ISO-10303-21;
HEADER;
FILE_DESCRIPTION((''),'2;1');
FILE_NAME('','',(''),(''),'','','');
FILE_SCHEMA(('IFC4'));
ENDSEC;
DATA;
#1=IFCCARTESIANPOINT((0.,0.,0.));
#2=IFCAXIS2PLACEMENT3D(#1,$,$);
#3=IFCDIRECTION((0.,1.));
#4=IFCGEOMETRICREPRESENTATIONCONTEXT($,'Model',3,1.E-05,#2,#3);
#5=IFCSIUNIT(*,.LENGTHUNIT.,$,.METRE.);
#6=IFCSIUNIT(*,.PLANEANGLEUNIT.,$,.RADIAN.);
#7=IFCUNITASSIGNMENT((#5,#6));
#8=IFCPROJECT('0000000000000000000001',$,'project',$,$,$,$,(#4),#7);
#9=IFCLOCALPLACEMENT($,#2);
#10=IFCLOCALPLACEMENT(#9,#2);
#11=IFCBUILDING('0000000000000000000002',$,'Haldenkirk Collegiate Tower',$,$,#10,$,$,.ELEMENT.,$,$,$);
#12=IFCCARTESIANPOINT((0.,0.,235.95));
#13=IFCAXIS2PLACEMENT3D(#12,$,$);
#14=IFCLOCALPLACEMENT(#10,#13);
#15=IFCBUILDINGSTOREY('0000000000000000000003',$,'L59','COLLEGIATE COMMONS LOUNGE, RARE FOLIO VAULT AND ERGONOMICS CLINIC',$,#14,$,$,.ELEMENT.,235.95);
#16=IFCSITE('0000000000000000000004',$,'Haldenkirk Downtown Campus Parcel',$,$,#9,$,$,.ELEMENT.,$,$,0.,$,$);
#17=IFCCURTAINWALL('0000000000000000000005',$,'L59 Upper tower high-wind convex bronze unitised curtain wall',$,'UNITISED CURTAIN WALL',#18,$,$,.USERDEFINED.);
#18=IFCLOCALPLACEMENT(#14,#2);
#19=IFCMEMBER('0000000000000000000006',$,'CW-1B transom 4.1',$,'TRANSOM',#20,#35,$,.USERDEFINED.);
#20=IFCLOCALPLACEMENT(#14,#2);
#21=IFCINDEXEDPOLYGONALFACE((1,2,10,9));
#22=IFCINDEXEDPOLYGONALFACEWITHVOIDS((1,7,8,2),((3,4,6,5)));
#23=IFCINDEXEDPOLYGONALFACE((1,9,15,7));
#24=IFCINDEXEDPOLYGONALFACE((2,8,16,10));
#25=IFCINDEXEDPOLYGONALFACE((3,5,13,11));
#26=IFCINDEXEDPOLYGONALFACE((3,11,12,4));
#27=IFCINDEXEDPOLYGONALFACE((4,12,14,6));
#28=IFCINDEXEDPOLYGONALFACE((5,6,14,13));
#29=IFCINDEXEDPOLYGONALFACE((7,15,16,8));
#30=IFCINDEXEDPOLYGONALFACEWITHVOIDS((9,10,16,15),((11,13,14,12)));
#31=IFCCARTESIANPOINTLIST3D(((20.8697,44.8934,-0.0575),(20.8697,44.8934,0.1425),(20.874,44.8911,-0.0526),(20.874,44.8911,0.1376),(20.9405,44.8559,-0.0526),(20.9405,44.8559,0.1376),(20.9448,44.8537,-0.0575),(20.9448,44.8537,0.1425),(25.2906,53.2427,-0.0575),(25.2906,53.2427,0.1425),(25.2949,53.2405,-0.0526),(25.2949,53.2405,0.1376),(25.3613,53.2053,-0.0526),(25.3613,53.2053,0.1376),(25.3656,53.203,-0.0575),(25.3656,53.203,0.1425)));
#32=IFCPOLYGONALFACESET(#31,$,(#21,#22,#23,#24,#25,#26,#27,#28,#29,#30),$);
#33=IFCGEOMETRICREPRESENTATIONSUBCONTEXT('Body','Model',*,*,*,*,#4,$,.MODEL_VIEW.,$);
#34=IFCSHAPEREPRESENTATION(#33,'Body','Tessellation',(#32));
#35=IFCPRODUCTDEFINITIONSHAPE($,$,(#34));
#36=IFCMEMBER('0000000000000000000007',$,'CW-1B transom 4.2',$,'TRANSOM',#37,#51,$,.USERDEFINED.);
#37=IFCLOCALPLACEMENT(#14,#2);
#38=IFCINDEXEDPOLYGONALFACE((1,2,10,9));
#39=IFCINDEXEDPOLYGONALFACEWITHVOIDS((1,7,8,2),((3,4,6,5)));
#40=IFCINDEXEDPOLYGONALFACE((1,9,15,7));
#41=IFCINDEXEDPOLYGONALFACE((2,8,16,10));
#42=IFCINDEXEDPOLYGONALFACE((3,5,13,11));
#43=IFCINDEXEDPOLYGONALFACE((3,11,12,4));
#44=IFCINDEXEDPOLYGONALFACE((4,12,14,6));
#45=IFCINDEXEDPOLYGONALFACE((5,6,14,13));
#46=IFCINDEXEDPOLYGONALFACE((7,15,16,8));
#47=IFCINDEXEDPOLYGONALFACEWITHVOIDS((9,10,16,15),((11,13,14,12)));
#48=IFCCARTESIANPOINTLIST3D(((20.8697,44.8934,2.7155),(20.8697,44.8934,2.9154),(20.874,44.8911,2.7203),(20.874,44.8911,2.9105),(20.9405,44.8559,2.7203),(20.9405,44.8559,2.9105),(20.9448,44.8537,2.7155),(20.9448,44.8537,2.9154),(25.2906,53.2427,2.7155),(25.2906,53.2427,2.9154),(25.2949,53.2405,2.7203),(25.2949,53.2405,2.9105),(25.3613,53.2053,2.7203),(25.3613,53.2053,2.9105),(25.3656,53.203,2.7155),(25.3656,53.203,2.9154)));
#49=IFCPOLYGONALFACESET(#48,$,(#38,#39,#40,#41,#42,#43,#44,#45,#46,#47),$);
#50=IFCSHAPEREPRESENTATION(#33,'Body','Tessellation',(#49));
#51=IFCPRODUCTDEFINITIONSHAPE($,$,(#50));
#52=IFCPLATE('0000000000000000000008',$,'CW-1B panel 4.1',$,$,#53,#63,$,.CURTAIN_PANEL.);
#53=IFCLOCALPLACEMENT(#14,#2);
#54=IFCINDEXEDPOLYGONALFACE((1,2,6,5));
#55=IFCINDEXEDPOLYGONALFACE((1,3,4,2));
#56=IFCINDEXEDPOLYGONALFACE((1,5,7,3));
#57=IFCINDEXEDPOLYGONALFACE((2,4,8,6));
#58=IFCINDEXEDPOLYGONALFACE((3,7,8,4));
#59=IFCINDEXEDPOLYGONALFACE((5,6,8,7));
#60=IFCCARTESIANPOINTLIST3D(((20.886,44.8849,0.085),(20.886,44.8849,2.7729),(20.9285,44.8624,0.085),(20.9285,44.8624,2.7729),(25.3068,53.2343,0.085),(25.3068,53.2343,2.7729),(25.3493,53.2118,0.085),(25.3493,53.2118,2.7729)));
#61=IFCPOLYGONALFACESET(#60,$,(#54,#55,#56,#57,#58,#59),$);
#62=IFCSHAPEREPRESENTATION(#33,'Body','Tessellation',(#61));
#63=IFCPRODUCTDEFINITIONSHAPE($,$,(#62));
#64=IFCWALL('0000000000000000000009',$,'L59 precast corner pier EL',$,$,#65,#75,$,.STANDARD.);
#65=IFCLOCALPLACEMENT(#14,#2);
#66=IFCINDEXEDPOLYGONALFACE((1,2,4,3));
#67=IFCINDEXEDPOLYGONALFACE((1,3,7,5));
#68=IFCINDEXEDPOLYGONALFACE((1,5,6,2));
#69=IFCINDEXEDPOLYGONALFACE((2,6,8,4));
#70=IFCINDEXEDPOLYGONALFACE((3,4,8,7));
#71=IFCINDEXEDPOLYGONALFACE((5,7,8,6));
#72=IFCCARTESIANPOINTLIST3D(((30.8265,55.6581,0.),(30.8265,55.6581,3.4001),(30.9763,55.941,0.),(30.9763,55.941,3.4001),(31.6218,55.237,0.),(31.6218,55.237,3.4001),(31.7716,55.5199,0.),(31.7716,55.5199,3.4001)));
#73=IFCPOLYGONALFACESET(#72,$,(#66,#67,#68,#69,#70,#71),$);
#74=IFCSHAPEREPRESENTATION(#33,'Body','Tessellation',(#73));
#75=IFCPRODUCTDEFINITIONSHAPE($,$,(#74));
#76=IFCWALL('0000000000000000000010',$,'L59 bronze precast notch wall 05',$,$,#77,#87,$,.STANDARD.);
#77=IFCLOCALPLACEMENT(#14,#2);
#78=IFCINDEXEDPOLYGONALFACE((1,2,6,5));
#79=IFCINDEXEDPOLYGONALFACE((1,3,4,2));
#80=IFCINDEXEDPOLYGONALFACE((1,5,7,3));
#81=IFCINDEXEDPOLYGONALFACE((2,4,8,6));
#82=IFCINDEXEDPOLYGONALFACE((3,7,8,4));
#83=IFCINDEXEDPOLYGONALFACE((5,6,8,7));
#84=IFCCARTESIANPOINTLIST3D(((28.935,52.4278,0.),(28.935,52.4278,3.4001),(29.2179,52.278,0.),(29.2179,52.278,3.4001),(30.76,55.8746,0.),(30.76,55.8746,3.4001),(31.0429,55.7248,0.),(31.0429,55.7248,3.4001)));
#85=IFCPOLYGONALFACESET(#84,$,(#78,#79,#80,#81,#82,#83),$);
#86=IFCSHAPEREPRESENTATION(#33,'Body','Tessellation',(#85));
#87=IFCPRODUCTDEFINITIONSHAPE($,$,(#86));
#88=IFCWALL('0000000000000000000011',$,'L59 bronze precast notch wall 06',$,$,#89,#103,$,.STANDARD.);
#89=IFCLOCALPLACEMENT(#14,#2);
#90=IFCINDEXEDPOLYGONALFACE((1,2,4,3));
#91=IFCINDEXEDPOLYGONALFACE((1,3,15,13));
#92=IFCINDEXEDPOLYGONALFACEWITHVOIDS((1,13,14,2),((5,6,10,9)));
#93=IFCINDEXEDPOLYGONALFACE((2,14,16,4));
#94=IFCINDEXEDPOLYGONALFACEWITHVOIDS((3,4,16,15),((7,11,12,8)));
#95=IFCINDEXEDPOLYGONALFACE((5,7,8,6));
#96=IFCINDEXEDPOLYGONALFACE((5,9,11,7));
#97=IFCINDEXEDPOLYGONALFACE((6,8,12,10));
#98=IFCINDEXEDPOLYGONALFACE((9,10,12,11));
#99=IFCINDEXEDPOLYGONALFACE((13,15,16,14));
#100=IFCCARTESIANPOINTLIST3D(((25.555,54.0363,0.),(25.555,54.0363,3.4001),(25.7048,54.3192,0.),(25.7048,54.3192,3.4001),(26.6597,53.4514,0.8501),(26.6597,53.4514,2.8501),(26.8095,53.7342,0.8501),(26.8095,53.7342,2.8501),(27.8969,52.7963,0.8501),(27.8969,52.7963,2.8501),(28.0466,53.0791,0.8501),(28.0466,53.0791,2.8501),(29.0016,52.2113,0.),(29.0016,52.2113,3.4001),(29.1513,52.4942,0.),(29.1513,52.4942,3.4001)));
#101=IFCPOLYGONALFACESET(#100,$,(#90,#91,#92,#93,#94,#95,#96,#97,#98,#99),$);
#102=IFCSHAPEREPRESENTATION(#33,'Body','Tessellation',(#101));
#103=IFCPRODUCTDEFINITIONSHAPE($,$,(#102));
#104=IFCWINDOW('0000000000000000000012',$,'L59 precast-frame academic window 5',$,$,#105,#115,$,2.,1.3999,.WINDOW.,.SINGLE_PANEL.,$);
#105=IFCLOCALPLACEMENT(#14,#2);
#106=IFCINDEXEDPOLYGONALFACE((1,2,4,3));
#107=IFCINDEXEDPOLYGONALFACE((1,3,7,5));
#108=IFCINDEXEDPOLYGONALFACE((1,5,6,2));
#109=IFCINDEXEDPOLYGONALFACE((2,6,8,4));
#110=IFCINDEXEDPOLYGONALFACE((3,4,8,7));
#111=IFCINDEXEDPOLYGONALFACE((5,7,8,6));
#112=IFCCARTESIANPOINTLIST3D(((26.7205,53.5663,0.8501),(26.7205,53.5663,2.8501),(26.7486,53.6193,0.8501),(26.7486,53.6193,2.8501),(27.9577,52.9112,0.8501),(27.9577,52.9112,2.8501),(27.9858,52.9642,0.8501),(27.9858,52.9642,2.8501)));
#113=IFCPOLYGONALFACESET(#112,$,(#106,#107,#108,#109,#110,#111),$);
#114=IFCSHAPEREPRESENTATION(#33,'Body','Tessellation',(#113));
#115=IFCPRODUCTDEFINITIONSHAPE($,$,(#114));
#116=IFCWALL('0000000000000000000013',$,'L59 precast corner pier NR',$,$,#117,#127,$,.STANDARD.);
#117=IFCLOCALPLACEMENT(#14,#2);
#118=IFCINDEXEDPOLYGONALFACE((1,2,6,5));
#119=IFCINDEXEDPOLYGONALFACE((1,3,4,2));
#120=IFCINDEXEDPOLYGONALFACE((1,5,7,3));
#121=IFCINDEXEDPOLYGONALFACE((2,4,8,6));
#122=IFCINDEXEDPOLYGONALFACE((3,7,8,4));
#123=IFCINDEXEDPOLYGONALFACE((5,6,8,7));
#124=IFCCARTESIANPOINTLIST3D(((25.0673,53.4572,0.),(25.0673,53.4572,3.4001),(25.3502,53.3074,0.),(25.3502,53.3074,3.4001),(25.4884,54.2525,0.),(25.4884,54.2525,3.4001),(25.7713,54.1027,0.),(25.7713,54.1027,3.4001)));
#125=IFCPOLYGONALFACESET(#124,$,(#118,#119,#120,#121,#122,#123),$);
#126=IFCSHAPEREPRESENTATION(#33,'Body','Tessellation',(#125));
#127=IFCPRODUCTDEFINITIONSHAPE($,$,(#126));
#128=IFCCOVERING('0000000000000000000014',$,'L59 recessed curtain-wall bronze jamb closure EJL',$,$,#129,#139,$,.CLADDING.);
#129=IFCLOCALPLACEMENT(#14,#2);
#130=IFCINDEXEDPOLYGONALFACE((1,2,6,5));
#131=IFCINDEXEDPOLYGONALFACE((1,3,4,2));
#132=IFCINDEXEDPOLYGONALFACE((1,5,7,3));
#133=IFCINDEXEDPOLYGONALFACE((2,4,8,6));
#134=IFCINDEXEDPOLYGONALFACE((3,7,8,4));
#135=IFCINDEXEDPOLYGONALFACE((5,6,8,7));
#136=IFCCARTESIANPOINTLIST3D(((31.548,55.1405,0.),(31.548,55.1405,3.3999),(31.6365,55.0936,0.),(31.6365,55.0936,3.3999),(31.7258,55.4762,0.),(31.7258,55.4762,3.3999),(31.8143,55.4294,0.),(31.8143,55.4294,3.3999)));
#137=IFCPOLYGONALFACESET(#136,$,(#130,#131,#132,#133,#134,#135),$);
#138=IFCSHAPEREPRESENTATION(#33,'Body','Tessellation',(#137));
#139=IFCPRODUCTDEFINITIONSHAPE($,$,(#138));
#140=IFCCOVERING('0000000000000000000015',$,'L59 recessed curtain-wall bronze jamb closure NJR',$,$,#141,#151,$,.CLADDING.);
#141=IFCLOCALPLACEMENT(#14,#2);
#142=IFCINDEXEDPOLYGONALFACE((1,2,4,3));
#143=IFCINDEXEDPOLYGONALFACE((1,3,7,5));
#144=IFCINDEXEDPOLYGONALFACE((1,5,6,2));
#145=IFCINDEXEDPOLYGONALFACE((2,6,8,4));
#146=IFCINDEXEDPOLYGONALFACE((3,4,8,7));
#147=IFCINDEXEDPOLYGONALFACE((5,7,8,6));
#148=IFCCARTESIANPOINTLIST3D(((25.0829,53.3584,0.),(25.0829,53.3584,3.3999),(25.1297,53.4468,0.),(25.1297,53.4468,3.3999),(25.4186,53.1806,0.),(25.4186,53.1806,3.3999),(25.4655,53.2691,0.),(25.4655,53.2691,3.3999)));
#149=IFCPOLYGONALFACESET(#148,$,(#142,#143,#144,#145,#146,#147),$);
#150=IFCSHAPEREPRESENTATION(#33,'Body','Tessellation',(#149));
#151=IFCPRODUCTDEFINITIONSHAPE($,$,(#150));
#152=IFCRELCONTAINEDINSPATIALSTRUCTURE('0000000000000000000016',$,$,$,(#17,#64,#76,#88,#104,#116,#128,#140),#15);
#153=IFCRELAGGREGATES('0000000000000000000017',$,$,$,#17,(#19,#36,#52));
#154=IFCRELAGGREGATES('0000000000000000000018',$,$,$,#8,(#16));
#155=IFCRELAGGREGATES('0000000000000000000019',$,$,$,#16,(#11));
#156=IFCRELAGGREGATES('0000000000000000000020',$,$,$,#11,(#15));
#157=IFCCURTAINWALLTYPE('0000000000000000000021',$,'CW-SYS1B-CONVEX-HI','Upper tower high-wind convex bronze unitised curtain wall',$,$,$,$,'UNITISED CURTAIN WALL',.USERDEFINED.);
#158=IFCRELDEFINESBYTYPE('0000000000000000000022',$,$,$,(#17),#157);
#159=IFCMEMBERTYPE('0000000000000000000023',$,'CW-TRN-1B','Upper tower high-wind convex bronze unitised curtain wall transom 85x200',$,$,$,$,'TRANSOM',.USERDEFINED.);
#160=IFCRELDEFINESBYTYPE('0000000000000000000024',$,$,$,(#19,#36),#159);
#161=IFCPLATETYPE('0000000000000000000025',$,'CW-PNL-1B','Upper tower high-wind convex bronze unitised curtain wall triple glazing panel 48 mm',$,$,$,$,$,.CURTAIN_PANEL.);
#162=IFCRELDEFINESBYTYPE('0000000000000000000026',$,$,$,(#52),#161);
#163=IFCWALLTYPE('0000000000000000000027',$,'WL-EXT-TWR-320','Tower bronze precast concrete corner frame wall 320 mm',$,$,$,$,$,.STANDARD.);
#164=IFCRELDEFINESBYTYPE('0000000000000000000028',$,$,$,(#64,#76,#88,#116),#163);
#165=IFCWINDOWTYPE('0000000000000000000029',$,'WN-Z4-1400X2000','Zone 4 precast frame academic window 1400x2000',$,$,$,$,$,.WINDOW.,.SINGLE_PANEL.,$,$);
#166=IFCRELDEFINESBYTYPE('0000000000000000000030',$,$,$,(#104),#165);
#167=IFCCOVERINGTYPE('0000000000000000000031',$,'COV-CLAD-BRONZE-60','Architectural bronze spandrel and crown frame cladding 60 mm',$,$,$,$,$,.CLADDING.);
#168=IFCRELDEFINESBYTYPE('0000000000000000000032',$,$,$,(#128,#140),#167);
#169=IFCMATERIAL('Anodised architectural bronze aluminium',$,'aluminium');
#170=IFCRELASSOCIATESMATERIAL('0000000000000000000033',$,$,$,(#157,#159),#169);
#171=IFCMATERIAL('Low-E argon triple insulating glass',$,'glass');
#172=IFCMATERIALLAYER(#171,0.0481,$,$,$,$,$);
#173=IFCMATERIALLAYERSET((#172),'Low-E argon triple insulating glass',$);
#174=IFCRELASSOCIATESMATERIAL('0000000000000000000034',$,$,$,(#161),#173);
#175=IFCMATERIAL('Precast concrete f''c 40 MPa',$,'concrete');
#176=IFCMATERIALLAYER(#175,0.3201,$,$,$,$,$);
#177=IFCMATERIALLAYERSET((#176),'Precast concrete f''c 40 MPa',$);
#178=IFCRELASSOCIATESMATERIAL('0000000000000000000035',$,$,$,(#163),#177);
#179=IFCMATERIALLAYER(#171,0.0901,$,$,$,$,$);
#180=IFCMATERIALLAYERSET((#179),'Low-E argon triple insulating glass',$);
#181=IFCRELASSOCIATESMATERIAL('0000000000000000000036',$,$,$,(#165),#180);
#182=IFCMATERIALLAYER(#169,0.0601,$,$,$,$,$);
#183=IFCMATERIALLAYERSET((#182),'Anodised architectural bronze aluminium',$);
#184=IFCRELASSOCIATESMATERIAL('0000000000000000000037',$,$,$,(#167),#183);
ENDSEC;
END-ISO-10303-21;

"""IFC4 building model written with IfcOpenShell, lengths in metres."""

from ifc_helpers import new_model, si_unit, direction, frame, frame_2d, origin, origin_2d, place, context, subcontext, project, spatial, rectangle, hollow_rectangle, extrude, source, transform, mapped, material, layer, layer_set, material_profile, profile_set, type_object, element, fill, aggregate, save


model = new_model("IFC4")

# Units and contexts
model_context = context("Model", 3, precision=1e-05, world=origin(), true_north=direction((0.0, 1.0)))
body_context = subcontext(model_context, "Body", "Model", "MODEL_VIEW")
ifc_project = project(units=[si_unit("LENGTHUNIT", "METRE"), si_unit("PLANEANGLEUNIT", "RADIAN")], contexts=[model_context])

# Site, building, storey
site_placement = place(None, origin())
site = spatial("IfcSite", under=ifc_project, at=site_placement, Name="Haldenkirk Downtown Campus Parcel", CompositionType="ELEMENT", RefElevation=0.0)
building_placement = place(site_placement, origin())
building = spatial("IfcBuilding", under=site, at=building_placement, Name="Haldenkirk Collegiate Tower", CompositionType="ELEMENT")
storey_placement = place(building_placement, frame((0.0, 0.0, 235.95)))
storey = spatial("IfcBuildingStorey", under=building, at=storey_placement, Name="L59", Description="COLLEGIATE COMMONS LOUNGE, RARE FOLIO VAULT AND ERGONOMICS CLINIC", CompositionType="ELEMENT", Elevation=235.95)

# Shared definitions
ifc_material_1 = material(Name="Anodised architectural bronze aluminium", Category="aluminium")
curtain_wall_type = type_object("IfcCurtainWallType", Name="CW-SYS1B-CONVEX-HI", Description="Upper tower high-wind convex bronze unitised curtain wall", ElementType="UNITISED CURTAIN WALL", PredefinedType="USERDEFINED", material=ifc_material_1)

# Curtain wall
curtain_wall_1_placement = place(storey_placement, origin())
curtain_wall_1 = element("IfcCurtainWall", 1, at=curtain_wall_1_placement, inside=storey, type_object=curtain_wall_type, Name="L59 Upper tower high-wind convex bronze unitised curtain wall", ObjectType="UNITISED CURTAIN WALL", PredefinedType="USERDEFINED")

# Members
ifc_material_profile_1 = material_profile(ifc_material_1, hollow_rectangle(XDim=0.085, YDim=0.2, WallThickness=0.0049, at=origin_2d()), Name="CW-TRN-1B")
ifc_profile_set_1 = profile_set([ifc_material_profile_1], Name="Anodised architectural bronze aluminium")
member_type_1 = type_object("IfcMemberType", Name="CW-TRN-1B", Description="Upper tower high-wind convex bronze unitised curtain wall transom 85x200", ElementType="TRANSOM", PredefinedType="USERDEFINED", material=ifc_profile_set_1)
member_1_placement = place(storey_placement, frame((20.9072, 44.8735, 0.0425), z_axis=(0.467941, 0.88376, 0.0), x_axis=(-0.88376, 0.467941, 0.0)))
member_1 = element("IfcMember", 2, at=member_1_placement, type_object=member_type_1, Name="CW-1B transom 4.1", ObjectType="TRANSOM", PredefinedType="USERDEFINED", context=body_context, shape_type="SweptSolid", body=[
    extrude(hollow_rectangle(XDim=0.085, YDim=0.2, WallThickness=0.0049, at=origin_2d()), origin(), (0.0, 0.0, 1.0), 9.4475),
])
member_2_placement = place(storey_placement, frame((20.9072, 44.8735, 2.8154), z_axis=(0.467941, 0.88376, 0.0), x_axis=(-0.88376, 0.467941, 0.0)))
member_2 = element("IfcMember", 3, at=member_2_placement, type_object=member_type_1, Name="CW-1B transom 4.2", ObjectType="TRANSOM", PredefinedType="USERDEFINED", context=body_context, shape_type="SweptSolid", body=[
    extrude(hollow_rectangle(XDim=0.085, YDim=0.2, WallThickness=0.0049, at=origin_2d()), origin(), (0.0, 0.0, 1.0), 9.4475),
])

# Plate
ifc_material_2 = material(Name="Low-E argon triple insulating glass", Category="glass")
ifc_layer_1 = layer(ifc_material_2, 0.0481)
ifc_layer_set_1 = layer_set([ifc_layer_1], Name="Low-E argon triple insulating glass")
plate_type = type_object("IfcPlateType", Name="CW-PNL-1B", Description="Upper tower high-wind convex bronze unitised curtain wall triple glazing panel 48 mm", PredefinedType="CURTAIN_PANEL", material=ifc_layer_set_1)
shared_shape_1 = source(origin(), body_context, "Body", "SweptSolid", [
    extrude(rectangle(XDim=9.4475, YDim=0.0481, at=origin_2d()), origin(), (0.0, 0.0, 1.0), 2.688),
])
plate_placement = place(storey_placement, frame((23.1177, 49.0483, 0.085), z_axis=(0.0, 0.0, 1.0), x_axis=(0.467932, 0.883765, 0.0)))
plate = element("IfcPlate", 4, at=plate_placement, type_object=plate_type, Name="CW-1B panel 4.1", PredefinedType="CURTAIN_PANEL", context=body_context, shape_type="MappedRepresentation", body=[
    mapped(shared_shape_1, transform((0.0, 0.0, 0.0), x_axis=(1.0, 0.0, 0.0), y_axis=(0.0, 1.0, 0.0), z_axis=(0.0, 0.0, 1.0), scale=1.0)),
])
aggregate(curtain_wall_1, [member_1, member_2, plate])

# Walls
ifc_material_3 = material(Name="Precast concrete f'c 40 MPa", Category="concrete")
ifc_layer_2 = layer(ifc_material_3, 0.3201)
ifc_layer_set_2 = layer_set([ifc_layer_2], Name="Precast concrete f'c 40 MPa")
wall_type = type_object("IfcWallType", Name="WL-EXT-TWR-320", Description="Tower bronze precast concrete corner frame wall 320 mm", PredefinedType="STANDARD", material=ifc_layer_set_2)
wall_1_placement = place(storey_placement, frame((30.9014, 55.7996, 0.0), z_axis=(0.0, 0.0, 1.0), x_axis=(0.883768, -0.467925, 0.0)))
element("IfcWall", 5, at=wall_1_placement, inside=storey, type_object=wall_type, Name="L59 precast corner pier EL", PredefinedType="STANDARD", context=body_context, shape_type="SweptSolid", body=[
    extrude(rectangle(XDim=0.8999, YDim=0.3201, at=frame_2d((0.45, 0.0))), origin(), (0.0, 0.0, 1.0), 3.4001),
])
wall_2_placement = place(storey_placement, frame((29.0764, 52.3528, 0.0), z_axis=(0.0, 0.0, 1.0), x_axis=(0.467925, 0.883768, 0.0)))
element("IfcWall", 6, at=wall_2_placement, inside=storey, type_object=wall_type, Name="L59 bronze precast notch wall 05", PredefinedType="STANDARD", context=body_context, shape_type="SweptSolid", body=[
    extrude(rectangle(XDim=3.9001, YDim=0.3201, at=frame_2d((1.9502, 0.0))), origin(), (0.0, 0.0, 1.0), 3.4001),
])

# Wall, opening, window
wall_3_placement = place(storey_placement, frame((25.6299, 54.1777, 0.0), z_axis=(0.0, 0.0, 1.0), x_axis=(0.883754, -0.467951, 0.0)))
wall_3 = element("IfcWall", 7, at=wall_3_placement, inside=storey, type_object=wall_type, Name="L59 bronze precast notch wall 06", PredefinedType="STANDARD", context=body_context, shape_type="SweptSolid", body=[
    extrude(rectangle(XDim=3.8999, YDim=0.3201, at=frame_2d((1.95, 0.0))), origin(), (0.0, 0.0, 1.0), 3.4001),
])
opening_placement = place(wall_3_placement, frame((1.25, 0.0, 0.8501)))
opening = element("IfcOpeningElement", 8, at=opening_placement, cuts=wall_3, PredefinedType="OPENING", context=body_context, shape_type="SweptSolid", body=[
    extrude(rectangle(XDim=1.3999, YDim=2.0, at=frame_2d((0.7, 1.0))), frame((0.0, 0.1699, 0.0), z_axis=(0.0, -1.0, 0.0), x_axis=(1.0, 0.0, 0.0)), (0.0, 0.0, 1.0), 0.3401),
])
ifc_layer_3 = layer(ifc_material_2, 0.0901)
ifc_layer_set_3 = layer_set([ifc_layer_3], Name="Low-E argon triple insulating glass")
window_type = type_object("IfcWindowType", Name="WN-Z4-1400X2000", Description="Zone 4 precast frame academic window 1400x2000", PartitioningType="SINGLE_PANEL", PredefinedType="WINDOW", material=ifc_layer_set_3)
window_placement = place(opening_placement, origin())
window = element("IfcWindow", 9, at=window_placement, inside=storey, type_object=window_type, Name="L59 precast-frame academic window 5", OverallHeight=2.0, OverallWidth=1.3999, PartitioningType="SINGLE_PANEL", PredefinedType="WINDOW", context=body_context, shape_type="SweptSolid", body=[
    extrude(rectangle(XDim=1.3999, YDim=2.0, at=frame_2d((0.7, 1.0))), frame((0.0, 0.03, 0.0), z_axis=(0.0, -1.0, 0.0), x_axis=(1.0, 0.0, 0.0)), (0.0, 0.0, 1.0), 0.0601),
])
fill(opening, window)

# Wall
wall_4_placement = place(storey_placement, frame((25.2087, 53.3823, 0.0), z_axis=(0.0, 0.0, 1.0), x_axis=(0.467925, 0.883768, 0.0)))
element("IfcWall", 10, at=wall_4_placement, inside=storey, type_object=wall_type, Name="L59 precast corner pier NR", PredefinedType="STANDARD", context=body_context, shape_type="SweptSolid", body=[
    extrude(rectangle(XDim=0.8999, YDim=0.3201, at=frame_2d((0.45, 0.0))), origin(), (0.0, 0.0, 1.0), 3.4001),
])

# Coverings
ifc_layer_4 = layer(ifc_material_1, 0.0601)
ifc_layer_set_4 = layer_set([ifc_layer_4], Name="Anodised architectural bronze aluminium")
covering_type = type_object("IfcCoveringType", Name="COV-CLAD-BRONZE-60", Description="Architectural bronze spandrel and crown frame cladding 60 mm", PredefinedType="CLADDING", material=ifc_layer_set_4)
shared_shape_2 = source(origin(), body_context, "Body", "SweptSolid", [
    extrude(rectangle(XDim=0.1001, YDim=0.3799, at=origin_2d()), origin(), (0.0, 0.0, 1.0), 3.3999),
])
for number, where, z_axis, x_axis, name in (
    (11, (31.6812, 55.2849, 0.0), (0.0, 0.0, 1.0), (0.883766, -0.46793, 0.0), "L59 recessed curtain-wall bronze jamb closure EJL"),
    (12, (25.2742, 53.3137, 0.0), (0.0, 0.0, 1.0), (0.46793, 0.883766, 0.0), "L59 recessed curtain-wall bronze jamb closure NJR"),
):
    element("IfcCovering", number, at=place(storey_placement, frame(where, z_axis=z_axis, x_axis=x_axis)), inside=storey, type_object=covering_type, Name=name, PredefinedType="CLADDING", context=body_context, shape_type="MappedRepresentation", body=[
        mapped(shared_shape_2, transform((0.0, 0.0, 0.0), x_axis=(1.0, 0.0, 0.0), y_axis=(0.0, 1.0, 0.0), z_axis=(0.0, 0.0, 1.0), scale=1.0)),
    ])

save(model, "model.ifc")
